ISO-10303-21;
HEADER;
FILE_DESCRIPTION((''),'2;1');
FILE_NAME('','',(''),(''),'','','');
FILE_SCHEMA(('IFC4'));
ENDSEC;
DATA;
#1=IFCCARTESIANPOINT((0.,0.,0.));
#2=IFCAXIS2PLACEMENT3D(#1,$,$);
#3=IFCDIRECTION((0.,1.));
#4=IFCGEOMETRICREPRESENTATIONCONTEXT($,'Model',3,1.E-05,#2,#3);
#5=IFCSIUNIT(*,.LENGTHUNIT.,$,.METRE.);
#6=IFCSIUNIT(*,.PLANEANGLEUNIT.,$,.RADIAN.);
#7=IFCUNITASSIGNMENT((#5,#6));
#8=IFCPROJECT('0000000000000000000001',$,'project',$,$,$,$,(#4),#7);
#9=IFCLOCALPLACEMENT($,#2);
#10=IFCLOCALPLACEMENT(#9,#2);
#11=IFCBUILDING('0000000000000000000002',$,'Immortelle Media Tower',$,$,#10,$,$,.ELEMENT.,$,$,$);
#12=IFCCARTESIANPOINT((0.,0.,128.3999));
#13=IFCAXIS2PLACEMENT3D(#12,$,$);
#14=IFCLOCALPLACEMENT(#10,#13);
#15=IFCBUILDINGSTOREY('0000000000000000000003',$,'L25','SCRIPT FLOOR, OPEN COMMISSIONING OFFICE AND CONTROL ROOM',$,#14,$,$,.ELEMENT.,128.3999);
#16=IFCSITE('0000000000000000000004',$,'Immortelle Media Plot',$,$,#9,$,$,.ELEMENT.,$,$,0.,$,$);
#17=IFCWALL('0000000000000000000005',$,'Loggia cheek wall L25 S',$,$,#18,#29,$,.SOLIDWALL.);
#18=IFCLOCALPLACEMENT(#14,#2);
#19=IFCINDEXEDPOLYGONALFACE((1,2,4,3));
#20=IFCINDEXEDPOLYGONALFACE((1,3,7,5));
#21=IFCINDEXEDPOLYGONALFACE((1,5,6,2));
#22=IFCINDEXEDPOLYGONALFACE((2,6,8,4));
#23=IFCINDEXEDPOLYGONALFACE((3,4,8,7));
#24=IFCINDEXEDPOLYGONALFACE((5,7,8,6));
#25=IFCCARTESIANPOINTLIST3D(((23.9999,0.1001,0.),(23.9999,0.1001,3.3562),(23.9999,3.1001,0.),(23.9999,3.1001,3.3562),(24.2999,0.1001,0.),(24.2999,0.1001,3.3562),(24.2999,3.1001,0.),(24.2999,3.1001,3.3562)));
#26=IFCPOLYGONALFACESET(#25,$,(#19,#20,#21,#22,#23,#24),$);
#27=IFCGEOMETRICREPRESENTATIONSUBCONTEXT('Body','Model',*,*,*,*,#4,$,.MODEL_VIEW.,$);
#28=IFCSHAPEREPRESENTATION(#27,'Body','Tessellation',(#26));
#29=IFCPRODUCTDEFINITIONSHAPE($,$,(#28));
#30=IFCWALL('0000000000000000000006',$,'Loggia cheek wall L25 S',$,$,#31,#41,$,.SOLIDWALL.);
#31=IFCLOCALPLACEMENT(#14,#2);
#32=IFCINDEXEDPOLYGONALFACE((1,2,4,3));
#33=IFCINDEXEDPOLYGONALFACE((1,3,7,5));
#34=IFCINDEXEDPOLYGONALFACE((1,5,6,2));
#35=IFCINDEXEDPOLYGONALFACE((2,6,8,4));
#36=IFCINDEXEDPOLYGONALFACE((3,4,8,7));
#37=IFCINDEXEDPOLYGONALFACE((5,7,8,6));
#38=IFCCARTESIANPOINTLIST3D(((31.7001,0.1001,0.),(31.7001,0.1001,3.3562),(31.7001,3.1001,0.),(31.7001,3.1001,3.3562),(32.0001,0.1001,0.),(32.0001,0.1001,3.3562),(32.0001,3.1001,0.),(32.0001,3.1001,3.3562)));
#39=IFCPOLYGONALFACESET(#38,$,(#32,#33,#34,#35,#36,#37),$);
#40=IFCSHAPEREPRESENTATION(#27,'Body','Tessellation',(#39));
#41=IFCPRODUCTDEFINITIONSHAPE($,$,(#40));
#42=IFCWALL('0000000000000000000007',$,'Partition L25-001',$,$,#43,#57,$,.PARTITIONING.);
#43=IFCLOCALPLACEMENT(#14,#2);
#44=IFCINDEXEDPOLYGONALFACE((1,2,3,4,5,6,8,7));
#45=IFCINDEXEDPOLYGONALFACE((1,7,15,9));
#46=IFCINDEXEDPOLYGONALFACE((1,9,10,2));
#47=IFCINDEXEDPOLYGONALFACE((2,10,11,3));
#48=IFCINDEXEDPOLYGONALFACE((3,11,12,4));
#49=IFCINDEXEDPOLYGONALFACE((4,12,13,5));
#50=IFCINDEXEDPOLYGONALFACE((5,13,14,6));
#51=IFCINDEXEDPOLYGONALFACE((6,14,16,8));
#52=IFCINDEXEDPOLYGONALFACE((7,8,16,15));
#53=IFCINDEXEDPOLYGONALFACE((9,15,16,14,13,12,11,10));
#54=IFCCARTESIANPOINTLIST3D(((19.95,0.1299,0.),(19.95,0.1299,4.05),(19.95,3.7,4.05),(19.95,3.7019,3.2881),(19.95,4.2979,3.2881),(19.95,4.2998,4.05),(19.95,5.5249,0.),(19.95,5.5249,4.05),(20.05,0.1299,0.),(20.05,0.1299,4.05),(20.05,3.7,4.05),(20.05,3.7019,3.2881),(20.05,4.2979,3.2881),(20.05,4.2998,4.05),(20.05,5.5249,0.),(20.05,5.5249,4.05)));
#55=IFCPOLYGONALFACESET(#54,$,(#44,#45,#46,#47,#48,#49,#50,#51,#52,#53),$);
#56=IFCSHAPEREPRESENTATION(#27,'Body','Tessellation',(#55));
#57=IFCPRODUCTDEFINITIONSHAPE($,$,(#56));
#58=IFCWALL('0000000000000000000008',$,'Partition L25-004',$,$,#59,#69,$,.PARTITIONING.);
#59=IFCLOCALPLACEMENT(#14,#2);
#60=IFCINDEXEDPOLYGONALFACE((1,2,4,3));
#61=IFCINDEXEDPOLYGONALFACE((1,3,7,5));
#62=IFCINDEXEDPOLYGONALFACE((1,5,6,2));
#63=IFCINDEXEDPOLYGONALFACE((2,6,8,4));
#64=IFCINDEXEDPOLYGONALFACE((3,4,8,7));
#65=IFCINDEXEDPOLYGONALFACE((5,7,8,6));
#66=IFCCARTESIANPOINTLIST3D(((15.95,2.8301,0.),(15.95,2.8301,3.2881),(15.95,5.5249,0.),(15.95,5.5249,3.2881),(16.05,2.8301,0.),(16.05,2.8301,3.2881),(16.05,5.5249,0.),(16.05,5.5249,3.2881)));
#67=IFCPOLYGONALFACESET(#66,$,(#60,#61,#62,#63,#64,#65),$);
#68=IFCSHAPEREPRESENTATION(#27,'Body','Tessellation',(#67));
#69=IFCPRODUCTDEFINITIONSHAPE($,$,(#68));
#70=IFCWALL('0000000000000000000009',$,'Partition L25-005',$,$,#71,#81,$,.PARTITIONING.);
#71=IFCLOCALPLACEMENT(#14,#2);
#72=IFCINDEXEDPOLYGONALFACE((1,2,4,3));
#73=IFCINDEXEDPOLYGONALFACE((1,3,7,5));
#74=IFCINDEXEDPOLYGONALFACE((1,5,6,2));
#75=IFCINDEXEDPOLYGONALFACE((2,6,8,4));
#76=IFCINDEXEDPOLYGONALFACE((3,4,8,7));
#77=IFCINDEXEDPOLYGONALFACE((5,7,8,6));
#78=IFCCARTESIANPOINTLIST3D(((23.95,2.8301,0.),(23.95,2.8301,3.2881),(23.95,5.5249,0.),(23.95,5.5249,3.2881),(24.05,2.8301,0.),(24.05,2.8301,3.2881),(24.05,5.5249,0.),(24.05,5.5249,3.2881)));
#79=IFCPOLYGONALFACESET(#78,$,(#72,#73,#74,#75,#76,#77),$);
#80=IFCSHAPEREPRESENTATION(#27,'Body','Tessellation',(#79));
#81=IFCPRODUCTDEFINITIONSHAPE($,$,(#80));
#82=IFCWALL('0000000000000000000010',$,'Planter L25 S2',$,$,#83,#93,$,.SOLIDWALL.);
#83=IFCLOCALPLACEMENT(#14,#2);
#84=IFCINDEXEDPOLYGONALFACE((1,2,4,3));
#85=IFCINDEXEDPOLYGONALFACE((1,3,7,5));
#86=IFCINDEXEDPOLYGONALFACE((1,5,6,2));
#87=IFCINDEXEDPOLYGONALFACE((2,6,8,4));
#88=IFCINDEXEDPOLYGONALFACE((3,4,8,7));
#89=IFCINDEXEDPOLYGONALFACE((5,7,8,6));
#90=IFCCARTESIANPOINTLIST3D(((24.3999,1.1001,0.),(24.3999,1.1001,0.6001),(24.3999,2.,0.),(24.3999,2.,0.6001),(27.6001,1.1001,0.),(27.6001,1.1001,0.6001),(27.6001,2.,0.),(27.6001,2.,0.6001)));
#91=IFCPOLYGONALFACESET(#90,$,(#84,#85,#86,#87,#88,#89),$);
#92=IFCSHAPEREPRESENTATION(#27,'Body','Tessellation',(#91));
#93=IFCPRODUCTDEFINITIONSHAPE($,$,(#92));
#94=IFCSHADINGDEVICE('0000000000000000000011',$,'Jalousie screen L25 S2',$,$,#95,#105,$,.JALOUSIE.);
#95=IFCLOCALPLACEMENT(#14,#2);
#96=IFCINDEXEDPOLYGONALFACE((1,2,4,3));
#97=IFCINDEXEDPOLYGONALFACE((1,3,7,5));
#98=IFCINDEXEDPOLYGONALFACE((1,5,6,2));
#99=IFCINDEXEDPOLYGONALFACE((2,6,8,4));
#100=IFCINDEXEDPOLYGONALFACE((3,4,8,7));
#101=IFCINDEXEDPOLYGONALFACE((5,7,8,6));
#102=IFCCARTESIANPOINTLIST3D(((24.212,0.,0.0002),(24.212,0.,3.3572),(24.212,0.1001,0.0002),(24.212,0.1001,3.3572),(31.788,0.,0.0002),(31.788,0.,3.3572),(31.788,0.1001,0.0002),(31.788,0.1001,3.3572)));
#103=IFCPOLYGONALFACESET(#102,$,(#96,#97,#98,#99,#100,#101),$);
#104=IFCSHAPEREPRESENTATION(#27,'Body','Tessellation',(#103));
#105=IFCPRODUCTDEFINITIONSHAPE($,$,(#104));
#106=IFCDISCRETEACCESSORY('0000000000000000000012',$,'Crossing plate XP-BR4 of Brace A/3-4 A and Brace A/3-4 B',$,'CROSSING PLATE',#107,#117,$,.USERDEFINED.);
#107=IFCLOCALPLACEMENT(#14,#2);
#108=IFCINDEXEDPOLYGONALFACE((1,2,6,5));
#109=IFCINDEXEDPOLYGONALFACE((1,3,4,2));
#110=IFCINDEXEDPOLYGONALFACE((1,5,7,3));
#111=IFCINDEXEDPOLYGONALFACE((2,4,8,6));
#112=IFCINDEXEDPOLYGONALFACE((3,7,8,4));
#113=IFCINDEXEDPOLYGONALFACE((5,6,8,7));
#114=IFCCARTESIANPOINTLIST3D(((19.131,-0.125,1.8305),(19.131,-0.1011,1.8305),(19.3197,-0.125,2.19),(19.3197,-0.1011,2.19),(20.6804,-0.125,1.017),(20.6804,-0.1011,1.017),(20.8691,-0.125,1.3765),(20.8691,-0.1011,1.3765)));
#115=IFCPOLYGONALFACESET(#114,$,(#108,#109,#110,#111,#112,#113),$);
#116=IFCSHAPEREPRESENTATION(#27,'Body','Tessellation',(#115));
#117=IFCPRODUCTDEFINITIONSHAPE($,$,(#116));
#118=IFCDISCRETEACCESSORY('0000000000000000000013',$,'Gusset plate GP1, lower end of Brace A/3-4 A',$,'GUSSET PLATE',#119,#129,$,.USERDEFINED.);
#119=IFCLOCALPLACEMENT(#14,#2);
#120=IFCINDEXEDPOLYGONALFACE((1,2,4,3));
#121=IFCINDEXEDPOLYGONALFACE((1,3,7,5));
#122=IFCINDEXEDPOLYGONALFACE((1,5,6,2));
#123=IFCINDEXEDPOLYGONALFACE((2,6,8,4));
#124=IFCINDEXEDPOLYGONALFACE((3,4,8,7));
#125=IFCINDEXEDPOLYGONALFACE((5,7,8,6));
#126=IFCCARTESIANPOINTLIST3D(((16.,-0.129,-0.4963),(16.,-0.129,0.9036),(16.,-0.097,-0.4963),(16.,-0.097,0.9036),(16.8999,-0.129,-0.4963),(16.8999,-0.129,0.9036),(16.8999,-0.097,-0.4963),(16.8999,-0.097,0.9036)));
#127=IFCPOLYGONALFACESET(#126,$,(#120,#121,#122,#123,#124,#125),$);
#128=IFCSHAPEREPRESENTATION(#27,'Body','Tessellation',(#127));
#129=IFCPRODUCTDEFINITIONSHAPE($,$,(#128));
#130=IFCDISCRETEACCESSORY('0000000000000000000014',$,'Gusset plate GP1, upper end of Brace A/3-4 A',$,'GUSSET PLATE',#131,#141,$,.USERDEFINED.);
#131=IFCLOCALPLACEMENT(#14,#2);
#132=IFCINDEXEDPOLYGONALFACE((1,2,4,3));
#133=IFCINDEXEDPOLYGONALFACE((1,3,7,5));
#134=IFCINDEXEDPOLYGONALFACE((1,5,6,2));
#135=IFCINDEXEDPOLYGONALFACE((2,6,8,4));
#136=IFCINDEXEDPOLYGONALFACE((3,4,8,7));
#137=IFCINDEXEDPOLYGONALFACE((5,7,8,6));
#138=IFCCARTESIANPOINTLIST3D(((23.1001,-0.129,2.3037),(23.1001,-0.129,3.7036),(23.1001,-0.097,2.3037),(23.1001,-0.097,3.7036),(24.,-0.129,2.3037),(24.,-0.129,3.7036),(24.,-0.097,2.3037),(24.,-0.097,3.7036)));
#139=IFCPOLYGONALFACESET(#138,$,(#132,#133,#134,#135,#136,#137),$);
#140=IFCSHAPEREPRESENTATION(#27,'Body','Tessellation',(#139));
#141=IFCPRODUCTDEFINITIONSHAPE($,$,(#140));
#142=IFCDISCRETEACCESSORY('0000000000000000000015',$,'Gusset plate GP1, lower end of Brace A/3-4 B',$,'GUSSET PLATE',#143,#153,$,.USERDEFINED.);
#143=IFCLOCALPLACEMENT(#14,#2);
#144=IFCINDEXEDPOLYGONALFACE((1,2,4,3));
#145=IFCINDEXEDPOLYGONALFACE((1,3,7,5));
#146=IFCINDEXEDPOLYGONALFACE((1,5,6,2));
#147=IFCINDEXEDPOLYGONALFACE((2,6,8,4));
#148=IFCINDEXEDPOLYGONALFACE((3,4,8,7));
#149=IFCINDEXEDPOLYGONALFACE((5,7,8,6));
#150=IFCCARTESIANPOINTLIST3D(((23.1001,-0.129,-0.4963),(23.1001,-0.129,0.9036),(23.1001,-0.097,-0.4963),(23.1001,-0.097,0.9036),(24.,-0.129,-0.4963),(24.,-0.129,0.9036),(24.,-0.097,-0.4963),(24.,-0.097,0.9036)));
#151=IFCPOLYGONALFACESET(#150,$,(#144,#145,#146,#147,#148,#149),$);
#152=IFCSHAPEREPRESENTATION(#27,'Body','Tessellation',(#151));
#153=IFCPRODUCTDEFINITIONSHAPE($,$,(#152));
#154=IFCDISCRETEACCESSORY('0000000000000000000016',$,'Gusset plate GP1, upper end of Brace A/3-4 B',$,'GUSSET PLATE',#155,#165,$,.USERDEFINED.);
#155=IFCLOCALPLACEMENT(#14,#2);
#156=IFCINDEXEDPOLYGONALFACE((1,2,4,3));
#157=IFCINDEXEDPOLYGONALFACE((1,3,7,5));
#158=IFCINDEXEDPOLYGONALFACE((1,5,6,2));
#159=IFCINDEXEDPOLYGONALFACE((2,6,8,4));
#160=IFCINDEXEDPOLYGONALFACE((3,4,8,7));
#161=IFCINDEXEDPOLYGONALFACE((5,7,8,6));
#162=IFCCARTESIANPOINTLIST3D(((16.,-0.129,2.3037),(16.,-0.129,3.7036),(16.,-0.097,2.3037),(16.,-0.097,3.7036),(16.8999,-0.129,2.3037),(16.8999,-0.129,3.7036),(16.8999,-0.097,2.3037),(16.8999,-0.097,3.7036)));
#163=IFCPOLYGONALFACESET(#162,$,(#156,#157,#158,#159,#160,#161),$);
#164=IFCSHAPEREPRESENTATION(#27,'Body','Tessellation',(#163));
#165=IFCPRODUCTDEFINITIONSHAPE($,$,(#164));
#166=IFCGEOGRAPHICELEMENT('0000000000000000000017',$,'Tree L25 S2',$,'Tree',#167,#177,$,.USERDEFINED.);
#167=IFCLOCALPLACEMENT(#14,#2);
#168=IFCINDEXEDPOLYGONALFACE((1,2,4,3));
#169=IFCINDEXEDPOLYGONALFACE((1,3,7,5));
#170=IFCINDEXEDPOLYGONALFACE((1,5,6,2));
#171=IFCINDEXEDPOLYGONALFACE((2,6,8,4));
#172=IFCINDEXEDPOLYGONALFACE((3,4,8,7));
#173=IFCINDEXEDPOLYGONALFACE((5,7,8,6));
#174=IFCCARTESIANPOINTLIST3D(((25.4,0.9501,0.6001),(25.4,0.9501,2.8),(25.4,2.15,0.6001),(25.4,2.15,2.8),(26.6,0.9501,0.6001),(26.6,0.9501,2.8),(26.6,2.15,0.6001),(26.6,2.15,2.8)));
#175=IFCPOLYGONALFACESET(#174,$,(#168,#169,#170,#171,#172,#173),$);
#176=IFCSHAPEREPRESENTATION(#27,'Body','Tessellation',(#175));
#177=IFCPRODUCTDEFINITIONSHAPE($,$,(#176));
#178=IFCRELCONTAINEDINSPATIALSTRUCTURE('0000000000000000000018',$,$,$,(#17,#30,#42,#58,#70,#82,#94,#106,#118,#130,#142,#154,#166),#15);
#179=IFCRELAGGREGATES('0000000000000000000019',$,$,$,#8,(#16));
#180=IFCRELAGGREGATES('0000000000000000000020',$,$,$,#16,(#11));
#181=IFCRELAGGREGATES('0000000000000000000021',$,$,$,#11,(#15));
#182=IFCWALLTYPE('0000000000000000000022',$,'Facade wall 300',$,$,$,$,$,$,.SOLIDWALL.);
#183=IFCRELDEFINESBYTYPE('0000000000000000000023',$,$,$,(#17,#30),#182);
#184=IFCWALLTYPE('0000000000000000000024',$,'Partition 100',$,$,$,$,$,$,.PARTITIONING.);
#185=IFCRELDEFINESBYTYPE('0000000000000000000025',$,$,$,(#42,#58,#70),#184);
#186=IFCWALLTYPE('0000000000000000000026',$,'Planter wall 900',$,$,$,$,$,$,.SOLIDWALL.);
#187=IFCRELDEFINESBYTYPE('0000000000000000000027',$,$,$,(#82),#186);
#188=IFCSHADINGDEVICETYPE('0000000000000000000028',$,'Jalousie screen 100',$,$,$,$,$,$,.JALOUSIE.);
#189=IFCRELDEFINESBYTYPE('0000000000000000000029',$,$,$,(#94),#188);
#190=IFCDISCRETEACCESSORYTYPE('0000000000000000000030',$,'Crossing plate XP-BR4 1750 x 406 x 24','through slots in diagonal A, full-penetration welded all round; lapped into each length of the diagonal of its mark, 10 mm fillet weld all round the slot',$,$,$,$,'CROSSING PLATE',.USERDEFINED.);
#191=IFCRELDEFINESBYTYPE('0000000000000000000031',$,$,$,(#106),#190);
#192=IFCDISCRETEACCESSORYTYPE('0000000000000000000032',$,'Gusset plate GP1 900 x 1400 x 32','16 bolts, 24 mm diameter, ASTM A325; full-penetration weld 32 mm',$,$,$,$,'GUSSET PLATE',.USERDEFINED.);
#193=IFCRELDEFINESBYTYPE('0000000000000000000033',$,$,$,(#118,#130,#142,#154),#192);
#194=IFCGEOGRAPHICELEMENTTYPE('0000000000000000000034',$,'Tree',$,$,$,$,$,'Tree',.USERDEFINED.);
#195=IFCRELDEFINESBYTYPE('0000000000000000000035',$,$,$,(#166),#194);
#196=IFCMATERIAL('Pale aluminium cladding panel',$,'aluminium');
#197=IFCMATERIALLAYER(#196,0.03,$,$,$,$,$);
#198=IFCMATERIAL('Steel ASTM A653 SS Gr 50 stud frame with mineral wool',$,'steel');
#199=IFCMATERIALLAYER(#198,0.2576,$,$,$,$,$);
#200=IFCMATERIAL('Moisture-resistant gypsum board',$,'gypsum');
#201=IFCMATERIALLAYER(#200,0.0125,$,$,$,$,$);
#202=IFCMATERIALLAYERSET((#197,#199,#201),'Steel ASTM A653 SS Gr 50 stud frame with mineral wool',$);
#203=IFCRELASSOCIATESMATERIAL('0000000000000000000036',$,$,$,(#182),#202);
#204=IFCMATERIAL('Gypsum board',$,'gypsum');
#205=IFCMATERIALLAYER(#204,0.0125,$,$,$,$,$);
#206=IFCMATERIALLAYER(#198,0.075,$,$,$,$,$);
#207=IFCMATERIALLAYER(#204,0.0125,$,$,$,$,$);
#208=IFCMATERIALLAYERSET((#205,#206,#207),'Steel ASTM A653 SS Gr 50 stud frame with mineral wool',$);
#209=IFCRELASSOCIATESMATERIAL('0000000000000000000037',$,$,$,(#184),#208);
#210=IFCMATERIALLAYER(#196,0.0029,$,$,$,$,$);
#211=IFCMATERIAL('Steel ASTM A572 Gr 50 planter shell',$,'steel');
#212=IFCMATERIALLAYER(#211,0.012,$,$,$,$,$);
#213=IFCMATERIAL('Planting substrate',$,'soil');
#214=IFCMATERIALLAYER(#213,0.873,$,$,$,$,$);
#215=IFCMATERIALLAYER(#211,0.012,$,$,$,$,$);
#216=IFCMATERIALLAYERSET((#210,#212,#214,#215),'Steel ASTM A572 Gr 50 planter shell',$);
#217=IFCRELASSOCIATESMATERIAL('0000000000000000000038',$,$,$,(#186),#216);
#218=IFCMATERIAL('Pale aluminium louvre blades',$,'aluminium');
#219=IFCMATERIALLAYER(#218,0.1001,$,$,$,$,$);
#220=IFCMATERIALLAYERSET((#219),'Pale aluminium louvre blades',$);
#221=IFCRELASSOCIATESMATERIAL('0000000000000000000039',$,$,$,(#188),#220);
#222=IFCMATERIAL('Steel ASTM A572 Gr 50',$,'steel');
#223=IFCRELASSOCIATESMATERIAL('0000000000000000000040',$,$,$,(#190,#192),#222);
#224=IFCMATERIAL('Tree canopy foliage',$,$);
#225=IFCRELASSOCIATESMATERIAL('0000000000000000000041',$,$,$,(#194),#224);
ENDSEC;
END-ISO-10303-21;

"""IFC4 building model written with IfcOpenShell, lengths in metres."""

from ifc_helpers import new_model, si_unit, direction, frame, frame_2d, origin, origin_2d, place, context, subcontext, project, spatial, polyline, rectangle, outline, extrude, material, layer, layer_set, material_profile, profile_set, type_object, element, save


model = new_model("IFC4")

# Units and contexts
model_context = context("Model", 3, precision=1e-05, world=origin(), true_north=direction((0.0, 1.0)))
body_context = subcontext(model_context, "Body", "Model", "MODEL_VIEW")
ifc_project = project(units=[si_unit("LENGTHUNIT", "METRE"), si_unit("PLANEANGLEUNIT", "RADIAN")], contexts=[model_context])

# Site, building, storey
site_placement = place(None, origin())
site = spatial("IfcSite", under=ifc_project, at=site_placement, Name="Immortelle Media Plot", CompositionType="ELEMENT", RefElevation=0.0)
building_placement = place(site_placement, origin())
building = spatial("IfcBuilding", under=site, at=building_placement, Name="Immortelle Media Tower", CompositionType="ELEMENT")
storey_placement = place(building_placement, frame((0.0, 0.0, 128.3999)))
storey = spatial("IfcBuildingStorey", under=building, at=storey_placement, Name="L25", Description="SCRIPT FLOOR, OPEN COMMISSIONING OFFICE AND CONTROL ROOM", CompositionType="ELEMENT", Elevation=128.3999)

# Shared definitions
ifc_material_1 = material(Name="Pale aluminium cladding panel", Category="aluminium")
ifc_layer_1 = layer(ifc_material_1, 0.03)
ifc_material_2 = material(Name="Steel ASTM A653 SS Gr 50 stud frame with mineral wool", Category="steel")
ifc_layer_2 = layer(ifc_material_2, 0.2576)
ifc_material_3 = material(Name="Moisture-resistant gypsum board", Category="gypsum")
ifc_layer_3 = layer(ifc_material_3, 0.0125)
ifc_layer_set_1 = layer_set([ifc_layer_1, ifc_layer_2, ifc_layer_3], Name="Steel ASTM A653 SS Gr 50 stud frame with mineral wool")
wall_type_1 = type_object("IfcWallType", Name="Facade wall 300", PredefinedType="SOLIDWALL", material=ifc_layer_set_1)

# Walls
for number, where, z_axis, x_axis, name in (
    (1, (24.1499, 0.1001, 0.0), (0.0, 0.0, 1.0), (0.0, 1.0, 0.0), "Loggia cheek wall L25 S"),
    (2, (31.8501, 0.1001, 0.0), (0.0, 0.0, 1.0), (0.0, 1.0, 0.0), "Loggia cheek wall L25 S"),
):
    element("IfcWall", number, at=place(storey_placement, frame(where, z_axis=z_axis, x_axis=x_axis)), inside=storey, type_object=wall_type_1, Name=name, PredefinedType="SOLIDWALL", context=body_context, shape_type="SweptSolid", body=[
        extrude(rectangle(XDim=3.0, YDim=0.3, at=frame_2d((1.5, 0.0))), origin(), (0.0, 0.0, 1.0), 3.3562),
    ])
ifc_material_4 = material(Name="Gypsum board", Category="gypsum")
ifc_layer_4 = layer(ifc_material_4, 0.0125)
ifc_layer_5 = layer(ifc_material_2, 0.075)
ifc_layer_6 = layer(ifc_material_4, 0.0125)
ifc_layer_set_2 = layer_set([ifc_layer_4, ifc_layer_5, ifc_layer_6], Name="Steel ASTM A653 SS Gr 50 stud frame with mineral wool")
wall_type_2 = type_object("IfcWallType", Name="Partition 100", PredefinedType="PARTITIONING", material=ifc_layer_set_2)
wall_1_placement = place(storey_placement, frame((20.0, 0.1299, 0.0), z_axis=(0.0, 0.0, 1.0), x_axis=(0.0, 1.0, 0.0)))
element("IfcWall", 3, at=wall_1_placement, inside=storey, type_object=wall_type_2, Name="Partition L25-001", PredefinedType="PARTITIONING", context=body_context, shape_type="SweptSolid", body=[
    extrude(outline(polyline([(0.0, 0.0), (5.395, 0.0), (5.395, 4.05), (4.1699, 4.05), (4.168, 3.2881), (3.572, 3.2881), (3.5701, 4.05), (0.0, 4.05), (0.0, 0.0)])), frame((0.0, 0.05, 0.0), z_axis=(0.0, -1.0, 0.0), x_axis=(1.0, 0.0, 0.0)), (0.0, 0.0, 1.0), 0.1001),
])
for number, where, z_axis, x_axis, name in (
    (4, (16.0, 2.8301, 0.0), (0.0, 0.0, 1.0), (0.0, 1.0, 0.0), "Partition L25-004"),
    (5, (24.0, 2.8301, 0.0), (0.0, 0.0, 1.0), (0.0, 1.0, 0.0), "Partition L25-005"),
):
    element("IfcWall", number, at=place(storey_placement, frame(where, z_axis=z_axis, x_axis=x_axis)), inside=storey, type_object=wall_type_2, Name=name, PredefinedType="PARTITIONING", context=body_context, shape_type="SweptSolid", body=[
        extrude(rectangle(XDim=2.6948, YDim=0.1001, at=frame_2d((1.3474, 0.0))), origin(), (0.0, 0.0, 1.0), 3.2881),
    ])
ifc_layer_7 = layer(ifc_material_1, 0.0029)
ifc_material_5 = material(Name="Steel ASTM A572 Gr 50 planter shell", Category="steel")
ifc_layer_8 = layer(ifc_material_5, 0.012)
ifc_material_6 = material(Name="Planting substrate", Category="soil")
ifc_layer_9 = layer(ifc_material_6, 0.873)
ifc_layer_10 = layer(ifc_material_5, 0.012)
ifc_layer_set_3 = layer_set([ifc_layer_7, ifc_layer_8, ifc_layer_9, ifc_layer_10], Name="Steel ASTM A572 Gr 50 planter shell")
wall_type_3 = type_object("IfcWallType", Name="Planter wall 900", PredefinedType="SOLIDWALL", material=ifc_layer_set_3)
wall_2_placement = place(storey_placement, frame((24.3999, 1.55, 0.0), z_axis=(0.0, 0.0, 1.0), x_axis=(1.0, 0.0, 0.0)))
element("IfcWall", 6, at=wall_2_placement, inside=storey, type_object=wall_type_3, Name="Planter L25 S2", PredefinedType="SOLIDWALL", context=body_context, shape_type="SweptSolid", body=[
    extrude(rectangle(XDim=3.2002, YDim=0.8999, at=frame_2d((1.6001, 0.0))), origin(), (0.0, 0.0, 1.0), 0.6001),
])

# Shading device
ifc_material_7 = material(Name="Pale aluminium louvre blades", Category="aluminium")
ifc_layer_11 = layer(ifc_material_7, 0.1001)
ifc_layer_set_4 = layer_set([ifc_layer_11], Name="Pale aluminium louvre blades")
shading_device_type = type_object("IfcShadingDeviceType", Name="Jalousie screen 100", PredefinedType="JALOUSIE", material=ifc_layer_set_4)
shading_device_placement = place(storey_placement, frame((28.0, 0.05, 0.0002), z_axis=(0.0, 0.0, 1.0), x_axis=(1.0, 0.0, 0.0)))
element("IfcShadingDevice", 7, at=shading_device_placement, inside=storey, type_object=shading_device_type, Name="Jalousie screen L25 S2", PredefinedType="JALOUSIE", context=body_context, shape_type="SweptSolid", body=[
    extrude(rectangle(XDim=7.5759, YDim=0.1001, at=origin_2d()), origin(), (0.0, 0.0, 1.0), 3.3569),
])

# Discrete accessories
ifc_material_8 = material(Name="Steel ASTM A572 Gr 50", Category="steel")
ifc_material_profile_1 = material_profile(ifc_material_8, rectangle(XDim=0.0239, YDim=0.406, at=origin_2d()), Name="PL 24 x 406")
ifc_profile_set_1 = profile_set([ifc_material_profile_1], Name="Steel ASTM A572 Gr 50")
discrete_accessory_type_1 = type_object("IfcDiscreteAccessoryType", Name="Crossing plate XP-BR4 1750 x 406 x 24", Description="through slots in diagonal A, full-penetration welded all round; lapped into each length of the diagonal of its mark, 10 mm fillet weld all round the slot", ElementType="CROSSING PLATE", PredefinedType="USERDEFINED", material=ifc_profile_set_1)
discrete_accessory_placement = place(storey_placement, frame((19.2253, -0.113, 2.0103), z_axis=(0.885378, 0.0, -0.464872), x_axis=(0.0, 1.0, 0.0)))
element("IfcDiscreteAccessory", 8, at=discrete_accessory_placement, inside=storey, type_object=discrete_accessory_type_1, Name="Crossing plate XP-BR4 of Brace A/3-4 A and Brace A/3-4 B", ObjectType="CROSSING PLATE", PredefinedType="USERDEFINED", context=body_context, shape_type="SweptSolid", body=[
    extrude(rectangle(XDim=0.0239, YDim=0.406, at=origin_2d()), origin(), (0.0, 0.0, 1.0), 1.75),
])
ifc_material_profile_2 = material_profile(ifc_material_8, rectangle(XDim=0.032, YDim=1.3999, at=origin_2d()), Name="PL 32 x 1400")
ifc_profile_set_2 = profile_set([ifc_material_profile_2], Name="Steel ASTM A572 Gr 50")
discrete_accessory_type_2 = type_object("IfcDiscreteAccessoryType", Name="Gusset plate GP1 900 x 1400 x 32", Description="16 bolts, 24 mm diameter, ASTM A325; full-penetration weld 32 mm", ElementType="GUSSET PLATE", PredefinedType="USERDEFINED", material=ifc_profile_set_2)
for number, where, z_axis, x_axis, name in (
    (9, (16.0, -0.113, 0.2036), (1.0, 0.0, 0.0), (0.0, 1.0, 0.0), "Gusset plate GP1, lower end of Brace A/3-4 A"),
    (10, (24.0, -0.113, 3.0037), (-1.0, 0.0, 0.0), (0.0, -1.0, 0.0), "Gusset plate GP1, upper end of Brace A/3-4 A"),
    (11, (24.0, -0.113, 0.2036), (-1.0, 0.0, 0.0), (0.0, -1.0, 0.0), "Gusset plate GP1, lower end of Brace A/3-4 B"),
    (12, (16.0, -0.113, 3.0037), (1.0, 0.0, 0.0), (0.0, 1.0, 0.0), "Gusset plate GP1, upper end of Brace A/3-4 B"),
):
    element("IfcDiscreteAccessory", number, at=place(storey_placement, frame(where, z_axis=z_axis, x_axis=x_axis)), inside=storey, type_object=discrete_accessory_type_2, Name=name, ObjectType="GUSSET PLATE", PredefinedType="USERDEFINED", context=body_context, shape_type="SweptSolid", body=[
        extrude(rectangle(XDim=0.032, YDim=1.3999, at=origin_2d()), origin(), (0.0, 0.0, 1.0), 0.8999),
    ])

# Geographic element
ifc_material_9 = material(Name="Tree canopy foliage")
geographic_element_type = type_object("IfcGeographicElementType", Name="Tree", ElementType="Tree", PredefinedType="USERDEFINED", material=ifc_material_9)
geographic_element_placement = place(storey_placement, frame((26.0, 1.55, 0.6001), z_axis=(0.0, 0.0, 1.0), x_axis=(1.0, 0.0, 0.0)))
element("IfcGeographicElement", 13, at=geographic_element_placement, inside=storey, type_object=geographic_element_type, Name="Tree L25 S2", ObjectType="Tree", PredefinedType="USERDEFINED", context=body_context, shape_type="SweptSolid", body=[
    extrude(rectangle(XDim=1.2, YDim=1.2, at=origin_2d()), origin(), (0.0, 0.0, 1.0), 2.2),
])

save(model, "model.ifc")
